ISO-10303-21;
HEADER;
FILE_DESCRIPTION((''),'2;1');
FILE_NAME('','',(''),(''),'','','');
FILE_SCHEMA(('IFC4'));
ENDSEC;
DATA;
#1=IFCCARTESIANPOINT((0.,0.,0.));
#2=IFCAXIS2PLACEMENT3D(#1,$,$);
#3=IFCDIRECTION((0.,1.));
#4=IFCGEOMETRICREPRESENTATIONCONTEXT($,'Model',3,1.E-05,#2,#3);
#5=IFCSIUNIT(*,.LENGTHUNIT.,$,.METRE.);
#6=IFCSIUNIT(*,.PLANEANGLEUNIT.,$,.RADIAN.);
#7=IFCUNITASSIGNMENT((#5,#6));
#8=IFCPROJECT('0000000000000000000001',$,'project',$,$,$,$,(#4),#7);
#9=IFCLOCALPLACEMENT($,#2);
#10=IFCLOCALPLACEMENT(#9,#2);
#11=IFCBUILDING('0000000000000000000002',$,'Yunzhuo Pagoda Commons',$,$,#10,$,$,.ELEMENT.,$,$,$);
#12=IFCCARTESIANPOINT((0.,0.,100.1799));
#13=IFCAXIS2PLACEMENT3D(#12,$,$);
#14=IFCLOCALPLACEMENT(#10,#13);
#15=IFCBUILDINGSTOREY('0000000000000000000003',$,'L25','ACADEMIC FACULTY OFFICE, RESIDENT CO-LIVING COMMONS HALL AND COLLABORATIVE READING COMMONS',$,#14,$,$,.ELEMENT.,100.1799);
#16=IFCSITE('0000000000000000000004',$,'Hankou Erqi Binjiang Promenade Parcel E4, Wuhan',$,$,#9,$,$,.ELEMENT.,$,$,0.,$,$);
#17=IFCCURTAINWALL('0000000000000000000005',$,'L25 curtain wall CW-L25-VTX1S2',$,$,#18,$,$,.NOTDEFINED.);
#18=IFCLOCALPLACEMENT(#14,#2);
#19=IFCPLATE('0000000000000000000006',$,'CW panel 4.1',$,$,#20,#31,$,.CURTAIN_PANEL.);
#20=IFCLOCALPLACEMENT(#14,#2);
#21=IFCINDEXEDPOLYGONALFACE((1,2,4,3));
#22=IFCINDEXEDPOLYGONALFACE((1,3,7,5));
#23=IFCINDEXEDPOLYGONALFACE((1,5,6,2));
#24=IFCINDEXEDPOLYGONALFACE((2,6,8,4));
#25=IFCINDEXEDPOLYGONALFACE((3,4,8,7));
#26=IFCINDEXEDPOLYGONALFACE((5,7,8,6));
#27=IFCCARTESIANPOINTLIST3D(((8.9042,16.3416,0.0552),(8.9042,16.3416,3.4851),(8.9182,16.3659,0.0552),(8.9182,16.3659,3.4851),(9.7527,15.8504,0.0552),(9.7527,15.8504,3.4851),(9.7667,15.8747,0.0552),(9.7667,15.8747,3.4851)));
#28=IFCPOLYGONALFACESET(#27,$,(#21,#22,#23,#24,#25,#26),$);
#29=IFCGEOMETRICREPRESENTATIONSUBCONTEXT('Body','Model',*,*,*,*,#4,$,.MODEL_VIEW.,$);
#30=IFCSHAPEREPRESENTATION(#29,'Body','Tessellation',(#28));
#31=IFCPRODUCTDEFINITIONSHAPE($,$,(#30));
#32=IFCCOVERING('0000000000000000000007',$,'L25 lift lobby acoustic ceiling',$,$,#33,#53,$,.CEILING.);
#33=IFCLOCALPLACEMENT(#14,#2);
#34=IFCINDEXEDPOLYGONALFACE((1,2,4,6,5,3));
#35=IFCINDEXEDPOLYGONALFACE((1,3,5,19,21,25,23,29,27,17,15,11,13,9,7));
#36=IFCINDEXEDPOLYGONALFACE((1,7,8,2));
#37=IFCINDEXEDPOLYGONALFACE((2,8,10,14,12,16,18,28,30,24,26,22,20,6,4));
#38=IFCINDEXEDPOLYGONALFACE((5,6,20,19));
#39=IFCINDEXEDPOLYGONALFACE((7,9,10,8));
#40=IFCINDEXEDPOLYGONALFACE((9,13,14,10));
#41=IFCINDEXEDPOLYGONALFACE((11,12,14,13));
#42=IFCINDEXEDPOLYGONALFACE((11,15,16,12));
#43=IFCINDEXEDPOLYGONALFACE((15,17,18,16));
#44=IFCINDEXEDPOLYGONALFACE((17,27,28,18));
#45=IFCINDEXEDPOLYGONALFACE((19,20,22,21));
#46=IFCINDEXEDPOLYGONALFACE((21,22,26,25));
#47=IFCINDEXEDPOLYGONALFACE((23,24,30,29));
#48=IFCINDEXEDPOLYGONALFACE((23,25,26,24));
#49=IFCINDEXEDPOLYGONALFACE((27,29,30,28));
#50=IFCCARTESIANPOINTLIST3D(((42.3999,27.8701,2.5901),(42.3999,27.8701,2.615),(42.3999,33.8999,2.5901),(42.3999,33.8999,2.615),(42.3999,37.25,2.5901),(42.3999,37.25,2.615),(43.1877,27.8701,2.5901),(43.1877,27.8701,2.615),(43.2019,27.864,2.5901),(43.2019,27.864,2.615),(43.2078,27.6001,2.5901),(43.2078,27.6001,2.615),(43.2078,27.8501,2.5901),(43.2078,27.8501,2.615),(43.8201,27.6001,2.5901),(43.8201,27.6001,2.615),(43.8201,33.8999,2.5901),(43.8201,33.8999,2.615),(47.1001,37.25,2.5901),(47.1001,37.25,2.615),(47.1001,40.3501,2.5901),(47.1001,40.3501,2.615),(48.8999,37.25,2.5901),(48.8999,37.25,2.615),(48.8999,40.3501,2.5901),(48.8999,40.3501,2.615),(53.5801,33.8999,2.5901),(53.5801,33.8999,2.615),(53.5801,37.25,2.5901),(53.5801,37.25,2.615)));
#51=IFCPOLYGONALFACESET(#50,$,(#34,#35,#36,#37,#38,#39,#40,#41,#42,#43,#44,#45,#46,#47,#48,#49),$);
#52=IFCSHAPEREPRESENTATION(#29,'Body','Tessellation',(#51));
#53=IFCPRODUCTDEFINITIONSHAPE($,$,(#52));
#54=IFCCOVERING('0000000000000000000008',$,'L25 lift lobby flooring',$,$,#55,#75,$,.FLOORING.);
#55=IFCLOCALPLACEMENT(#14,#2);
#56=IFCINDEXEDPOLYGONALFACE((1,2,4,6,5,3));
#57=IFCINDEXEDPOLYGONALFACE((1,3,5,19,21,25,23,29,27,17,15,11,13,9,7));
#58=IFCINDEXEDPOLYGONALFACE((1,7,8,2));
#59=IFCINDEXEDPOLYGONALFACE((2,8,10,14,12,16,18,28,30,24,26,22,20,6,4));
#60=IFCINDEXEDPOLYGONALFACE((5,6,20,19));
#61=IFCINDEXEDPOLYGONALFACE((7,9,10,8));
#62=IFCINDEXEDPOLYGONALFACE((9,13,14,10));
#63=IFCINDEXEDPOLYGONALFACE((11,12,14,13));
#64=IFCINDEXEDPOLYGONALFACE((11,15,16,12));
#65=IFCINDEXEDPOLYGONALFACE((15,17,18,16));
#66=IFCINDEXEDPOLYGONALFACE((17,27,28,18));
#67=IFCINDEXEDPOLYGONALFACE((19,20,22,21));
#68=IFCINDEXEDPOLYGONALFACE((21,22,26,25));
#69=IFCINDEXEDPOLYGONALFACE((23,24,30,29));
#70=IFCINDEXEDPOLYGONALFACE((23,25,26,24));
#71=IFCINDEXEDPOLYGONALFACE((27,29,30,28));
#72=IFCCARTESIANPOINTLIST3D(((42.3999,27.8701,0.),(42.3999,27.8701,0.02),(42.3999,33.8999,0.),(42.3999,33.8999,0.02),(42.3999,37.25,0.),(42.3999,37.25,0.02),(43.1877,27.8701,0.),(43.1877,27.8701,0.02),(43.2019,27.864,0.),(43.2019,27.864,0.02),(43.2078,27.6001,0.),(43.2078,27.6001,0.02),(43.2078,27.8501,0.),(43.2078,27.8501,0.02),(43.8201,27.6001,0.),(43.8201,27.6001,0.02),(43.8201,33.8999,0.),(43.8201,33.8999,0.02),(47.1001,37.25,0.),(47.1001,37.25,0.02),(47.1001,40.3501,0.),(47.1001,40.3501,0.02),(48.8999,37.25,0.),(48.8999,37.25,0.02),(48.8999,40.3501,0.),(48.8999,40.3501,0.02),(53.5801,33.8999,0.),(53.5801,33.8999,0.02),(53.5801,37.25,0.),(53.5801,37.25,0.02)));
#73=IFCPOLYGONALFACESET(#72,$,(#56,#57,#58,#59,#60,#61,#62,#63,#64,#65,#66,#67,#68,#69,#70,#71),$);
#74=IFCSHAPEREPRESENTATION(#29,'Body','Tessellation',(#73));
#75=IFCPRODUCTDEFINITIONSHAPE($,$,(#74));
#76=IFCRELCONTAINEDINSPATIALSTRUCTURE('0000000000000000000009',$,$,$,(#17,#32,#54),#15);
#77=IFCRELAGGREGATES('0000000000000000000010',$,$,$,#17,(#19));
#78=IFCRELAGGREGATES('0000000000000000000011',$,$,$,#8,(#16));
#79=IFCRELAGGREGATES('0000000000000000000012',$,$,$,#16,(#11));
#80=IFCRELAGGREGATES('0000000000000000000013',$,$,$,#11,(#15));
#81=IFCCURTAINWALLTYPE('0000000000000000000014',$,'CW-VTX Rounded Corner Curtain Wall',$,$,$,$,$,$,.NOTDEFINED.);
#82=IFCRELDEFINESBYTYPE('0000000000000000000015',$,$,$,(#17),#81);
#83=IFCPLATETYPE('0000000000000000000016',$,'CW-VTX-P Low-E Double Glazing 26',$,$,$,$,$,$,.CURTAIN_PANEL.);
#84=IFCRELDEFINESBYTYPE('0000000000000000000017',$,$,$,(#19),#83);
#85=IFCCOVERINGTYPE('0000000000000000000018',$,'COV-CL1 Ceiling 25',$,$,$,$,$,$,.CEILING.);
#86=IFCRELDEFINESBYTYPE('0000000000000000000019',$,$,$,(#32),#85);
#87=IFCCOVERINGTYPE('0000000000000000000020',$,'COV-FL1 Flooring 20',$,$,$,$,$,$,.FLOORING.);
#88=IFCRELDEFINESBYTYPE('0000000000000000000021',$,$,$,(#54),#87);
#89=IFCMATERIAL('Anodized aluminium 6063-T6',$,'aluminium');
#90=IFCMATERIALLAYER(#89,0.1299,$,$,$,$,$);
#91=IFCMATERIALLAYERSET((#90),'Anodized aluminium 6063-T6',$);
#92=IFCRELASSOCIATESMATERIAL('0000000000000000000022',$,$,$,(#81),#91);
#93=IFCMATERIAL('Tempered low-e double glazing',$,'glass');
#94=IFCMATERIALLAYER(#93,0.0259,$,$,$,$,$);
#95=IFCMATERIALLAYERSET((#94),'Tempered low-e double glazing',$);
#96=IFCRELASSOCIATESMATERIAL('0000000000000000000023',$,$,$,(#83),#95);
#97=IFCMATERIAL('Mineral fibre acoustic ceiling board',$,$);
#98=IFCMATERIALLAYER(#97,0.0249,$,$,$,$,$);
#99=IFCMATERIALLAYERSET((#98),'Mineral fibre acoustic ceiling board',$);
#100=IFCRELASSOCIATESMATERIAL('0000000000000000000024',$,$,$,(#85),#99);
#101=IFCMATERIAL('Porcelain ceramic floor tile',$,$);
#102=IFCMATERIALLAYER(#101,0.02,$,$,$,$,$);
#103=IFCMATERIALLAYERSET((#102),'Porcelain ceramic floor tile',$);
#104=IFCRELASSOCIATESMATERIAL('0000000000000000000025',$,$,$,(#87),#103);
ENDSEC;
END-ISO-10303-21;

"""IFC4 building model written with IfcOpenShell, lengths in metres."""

from ifc_helpers import new_model, si_unit, direction, frame, origin, origin_2d, place, context, subcontext, project, spatial, polyline, rectangle, outline, extrude, source, transform, mapped, material, layer, layer_set, type_object, element, aggregate, save


model = new_model("IFC4")

# Units and contexts
model_context = context("Model", 3, precision=1e-05, world=origin(), true_north=direction((0.0, 1.0)))
body_context = subcontext(model_context, "Body", "Model", "MODEL_VIEW")
ifc_project = project(units=[si_unit("LENGTHUNIT", "METRE"), si_unit("PLANEANGLEUNIT", "RADIAN")], contexts=[model_context])

# Site, building, storey
site_placement = place(None, origin())
site = spatial("IfcSite", under=ifc_project, at=site_placement, Name="Hankou Erqi Binjiang Promenade Parcel E4, Wuhan", CompositionType="ELEMENT", RefElevation=0.0)
building_placement = place(site_placement, origin())
building = spatial("IfcBuilding", under=site, at=building_placement, Name="Yunzhuo Pagoda Commons", CompositionType="ELEMENT")
storey_placement = place(building_placement, frame((0.0, 0.0, 100.1799)))
storey = spatial("IfcBuildingStorey", under=building, at=storey_placement, Name="L25", Description="ACADEMIC FACULTY OFFICE, RESIDENT CO-LIVING COMMONS HALL AND COLLABORATIVE READING COMMONS", CompositionType="ELEMENT", Elevation=100.1799)

# Curtain wall
ifc_material_1 = material(Name="Anodized aluminium 6063-T6", Category="aluminium")
ifc_layer_1 = layer(ifc_material_1, 0.1299)
ifc_layer_set_1 = layer_set([ifc_layer_1], Name="Anodized aluminium 6063-T6")
curtain_wall_type = type_object("IfcCurtainWallType", Name="CW-VTX Rounded Corner Curtain Wall", PredefinedType="NOTDEFINED", material=ifc_layer_set_1)
curtain_wall_1_placement = place(storey_placement, origin())
curtain_wall_1 = element("IfcCurtainWall", 1, at=curtain_wall_1_placement, inside=storey, type_object=curtain_wall_type, Name="L25 curtain wall CW-L25-VTX1S2", PredefinedType="NOTDEFINED")

# Shared definitions
ifc_material_2 = material(Name="Tempered low-e double glazing", Category="glass")
ifc_layer_2 = layer(ifc_material_2, 0.0259)
ifc_layer_set_2 = layer_set([ifc_layer_2], Name="Tempered low-e double glazing")
plate_type = type_object("IfcPlateType", Name="CW-VTX-P Low-E Double Glazing 26", PredefinedType="CURTAIN_PANEL", material=ifc_layer_set_2)

# Plate
shared_shape_1 = source(origin(), body_context, "Body", "SweptSolid", [
    extrude(rectangle(XDim=0.9805, YDim=0.0281, at=origin_2d()), origin(), (0.0, 0.0, 1.0), 3.4299),
])
plate_1_placement = place(storey_placement, frame((9.3354, 16.1082, 0.0552), z_axis=(0.0, 0.0, 1.0), x_axis=(0.865427, -0.501036, 0.0)))
plate_1 = element("IfcPlate", 2, at=plate_1_placement, type_object=plate_type, Name="CW panel 4.1", PredefinedType="CURTAIN_PANEL", context=body_context, shape_type="MappedRepresentation", body=[
    mapped(shared_shape_1, transform((0.0, 0.0, 0.0), scale=1.0)),
])
aggregate(curtain_wall_1, [plate_1])

# Coverings
ifc_material_3 = material(Name="Mineral fibre acoustic ceiling board")
ifc_layer_3 = layer(ifc_material_3, 0.0249)
ifc_layer_set_3 = layer_set([ifc_layer_3], Name="Mineral fibre acoustic ceiling board")
covering_type_1 = type_object("IfcCoveringType", Name="COV-CL1 Ceiling 25", PredefinedType="CEILING", material=ifc_layer_set_3)
covering_1_placement = place(storey_placement, frame((0.0, 0.0, 2.5901)))
element("IfcCovering", 3, at=covering_1_placement, inside=storey, type_object=covering_type_1, Name="L25 lift lobby acoustic ceiling", PredefinedType="CEILING", context=body_context, shape_type="SweptSolid", body=[
    extrude(outline(polyline([(43.2078, 27.8501), (43.2019, 27.864), (43.1877, 27.8701), (42.3999, 27.8701), (42.3999, 33.8999), (42.3999, 37.25), (47.1001, 37.25), (47.1001, 40.3501), (48.8999, 40.3501), (48.8999, 37.25), (53.5801, 37.25), (53.5801, 33.8999), (43.8201, 33.8999), (43.8201, 27.6001), (43.2078, 27.6001), (43.2078, 27.8501)])), origin(), (0.0, 0.0, 1.0), 0.0249),
])
ifc_material_4 = material(Name="Porcelain ceramic floor tile")
ifc_layer_4 = layer(ifc_material_4, 0.02)
ifc_layer_set_4 = layer_set([ifc_layer_4], Name="Porcelain ceramic floor tile")
covering_type_2 = type_object("IfcCoveringType", Name="COV-FL1 Flooring 20", PredefinedType="FLOORING", material=ifc_layer_set_4)
covering_2_placement = place(storey_placement, origin())
element("IfcCovering", 4, at=covering_2_placement, inside=storey, type_object=covering_type_2, Name="L25 lift lobby flooring", PredefinedType="FLOORING", context=body_context, shape_type="SweptSolid", body=[
    extrude(outline(polyline([(43.2078, 27.8501), (43.2019, 27.864), (43.1877, 27.8701), (42.3999, 27.8701), (42.3999, 33.8999), (42.3999, 37.25), (47.1001, 37.25), (47.1001, 40.3501), (48.8999, 40.3501), (48.8999, 37.25), (53.5801, 37.25), (53.5801, 33.8999), (43.8201, 33.8999), (43.8201, 27.6001), (43.2078, 27.6001), (43.2078, 27.8501)])), origin(), (0.0, 0.0, 1.0), 0.02),
])

save(model, "model.ifc")
